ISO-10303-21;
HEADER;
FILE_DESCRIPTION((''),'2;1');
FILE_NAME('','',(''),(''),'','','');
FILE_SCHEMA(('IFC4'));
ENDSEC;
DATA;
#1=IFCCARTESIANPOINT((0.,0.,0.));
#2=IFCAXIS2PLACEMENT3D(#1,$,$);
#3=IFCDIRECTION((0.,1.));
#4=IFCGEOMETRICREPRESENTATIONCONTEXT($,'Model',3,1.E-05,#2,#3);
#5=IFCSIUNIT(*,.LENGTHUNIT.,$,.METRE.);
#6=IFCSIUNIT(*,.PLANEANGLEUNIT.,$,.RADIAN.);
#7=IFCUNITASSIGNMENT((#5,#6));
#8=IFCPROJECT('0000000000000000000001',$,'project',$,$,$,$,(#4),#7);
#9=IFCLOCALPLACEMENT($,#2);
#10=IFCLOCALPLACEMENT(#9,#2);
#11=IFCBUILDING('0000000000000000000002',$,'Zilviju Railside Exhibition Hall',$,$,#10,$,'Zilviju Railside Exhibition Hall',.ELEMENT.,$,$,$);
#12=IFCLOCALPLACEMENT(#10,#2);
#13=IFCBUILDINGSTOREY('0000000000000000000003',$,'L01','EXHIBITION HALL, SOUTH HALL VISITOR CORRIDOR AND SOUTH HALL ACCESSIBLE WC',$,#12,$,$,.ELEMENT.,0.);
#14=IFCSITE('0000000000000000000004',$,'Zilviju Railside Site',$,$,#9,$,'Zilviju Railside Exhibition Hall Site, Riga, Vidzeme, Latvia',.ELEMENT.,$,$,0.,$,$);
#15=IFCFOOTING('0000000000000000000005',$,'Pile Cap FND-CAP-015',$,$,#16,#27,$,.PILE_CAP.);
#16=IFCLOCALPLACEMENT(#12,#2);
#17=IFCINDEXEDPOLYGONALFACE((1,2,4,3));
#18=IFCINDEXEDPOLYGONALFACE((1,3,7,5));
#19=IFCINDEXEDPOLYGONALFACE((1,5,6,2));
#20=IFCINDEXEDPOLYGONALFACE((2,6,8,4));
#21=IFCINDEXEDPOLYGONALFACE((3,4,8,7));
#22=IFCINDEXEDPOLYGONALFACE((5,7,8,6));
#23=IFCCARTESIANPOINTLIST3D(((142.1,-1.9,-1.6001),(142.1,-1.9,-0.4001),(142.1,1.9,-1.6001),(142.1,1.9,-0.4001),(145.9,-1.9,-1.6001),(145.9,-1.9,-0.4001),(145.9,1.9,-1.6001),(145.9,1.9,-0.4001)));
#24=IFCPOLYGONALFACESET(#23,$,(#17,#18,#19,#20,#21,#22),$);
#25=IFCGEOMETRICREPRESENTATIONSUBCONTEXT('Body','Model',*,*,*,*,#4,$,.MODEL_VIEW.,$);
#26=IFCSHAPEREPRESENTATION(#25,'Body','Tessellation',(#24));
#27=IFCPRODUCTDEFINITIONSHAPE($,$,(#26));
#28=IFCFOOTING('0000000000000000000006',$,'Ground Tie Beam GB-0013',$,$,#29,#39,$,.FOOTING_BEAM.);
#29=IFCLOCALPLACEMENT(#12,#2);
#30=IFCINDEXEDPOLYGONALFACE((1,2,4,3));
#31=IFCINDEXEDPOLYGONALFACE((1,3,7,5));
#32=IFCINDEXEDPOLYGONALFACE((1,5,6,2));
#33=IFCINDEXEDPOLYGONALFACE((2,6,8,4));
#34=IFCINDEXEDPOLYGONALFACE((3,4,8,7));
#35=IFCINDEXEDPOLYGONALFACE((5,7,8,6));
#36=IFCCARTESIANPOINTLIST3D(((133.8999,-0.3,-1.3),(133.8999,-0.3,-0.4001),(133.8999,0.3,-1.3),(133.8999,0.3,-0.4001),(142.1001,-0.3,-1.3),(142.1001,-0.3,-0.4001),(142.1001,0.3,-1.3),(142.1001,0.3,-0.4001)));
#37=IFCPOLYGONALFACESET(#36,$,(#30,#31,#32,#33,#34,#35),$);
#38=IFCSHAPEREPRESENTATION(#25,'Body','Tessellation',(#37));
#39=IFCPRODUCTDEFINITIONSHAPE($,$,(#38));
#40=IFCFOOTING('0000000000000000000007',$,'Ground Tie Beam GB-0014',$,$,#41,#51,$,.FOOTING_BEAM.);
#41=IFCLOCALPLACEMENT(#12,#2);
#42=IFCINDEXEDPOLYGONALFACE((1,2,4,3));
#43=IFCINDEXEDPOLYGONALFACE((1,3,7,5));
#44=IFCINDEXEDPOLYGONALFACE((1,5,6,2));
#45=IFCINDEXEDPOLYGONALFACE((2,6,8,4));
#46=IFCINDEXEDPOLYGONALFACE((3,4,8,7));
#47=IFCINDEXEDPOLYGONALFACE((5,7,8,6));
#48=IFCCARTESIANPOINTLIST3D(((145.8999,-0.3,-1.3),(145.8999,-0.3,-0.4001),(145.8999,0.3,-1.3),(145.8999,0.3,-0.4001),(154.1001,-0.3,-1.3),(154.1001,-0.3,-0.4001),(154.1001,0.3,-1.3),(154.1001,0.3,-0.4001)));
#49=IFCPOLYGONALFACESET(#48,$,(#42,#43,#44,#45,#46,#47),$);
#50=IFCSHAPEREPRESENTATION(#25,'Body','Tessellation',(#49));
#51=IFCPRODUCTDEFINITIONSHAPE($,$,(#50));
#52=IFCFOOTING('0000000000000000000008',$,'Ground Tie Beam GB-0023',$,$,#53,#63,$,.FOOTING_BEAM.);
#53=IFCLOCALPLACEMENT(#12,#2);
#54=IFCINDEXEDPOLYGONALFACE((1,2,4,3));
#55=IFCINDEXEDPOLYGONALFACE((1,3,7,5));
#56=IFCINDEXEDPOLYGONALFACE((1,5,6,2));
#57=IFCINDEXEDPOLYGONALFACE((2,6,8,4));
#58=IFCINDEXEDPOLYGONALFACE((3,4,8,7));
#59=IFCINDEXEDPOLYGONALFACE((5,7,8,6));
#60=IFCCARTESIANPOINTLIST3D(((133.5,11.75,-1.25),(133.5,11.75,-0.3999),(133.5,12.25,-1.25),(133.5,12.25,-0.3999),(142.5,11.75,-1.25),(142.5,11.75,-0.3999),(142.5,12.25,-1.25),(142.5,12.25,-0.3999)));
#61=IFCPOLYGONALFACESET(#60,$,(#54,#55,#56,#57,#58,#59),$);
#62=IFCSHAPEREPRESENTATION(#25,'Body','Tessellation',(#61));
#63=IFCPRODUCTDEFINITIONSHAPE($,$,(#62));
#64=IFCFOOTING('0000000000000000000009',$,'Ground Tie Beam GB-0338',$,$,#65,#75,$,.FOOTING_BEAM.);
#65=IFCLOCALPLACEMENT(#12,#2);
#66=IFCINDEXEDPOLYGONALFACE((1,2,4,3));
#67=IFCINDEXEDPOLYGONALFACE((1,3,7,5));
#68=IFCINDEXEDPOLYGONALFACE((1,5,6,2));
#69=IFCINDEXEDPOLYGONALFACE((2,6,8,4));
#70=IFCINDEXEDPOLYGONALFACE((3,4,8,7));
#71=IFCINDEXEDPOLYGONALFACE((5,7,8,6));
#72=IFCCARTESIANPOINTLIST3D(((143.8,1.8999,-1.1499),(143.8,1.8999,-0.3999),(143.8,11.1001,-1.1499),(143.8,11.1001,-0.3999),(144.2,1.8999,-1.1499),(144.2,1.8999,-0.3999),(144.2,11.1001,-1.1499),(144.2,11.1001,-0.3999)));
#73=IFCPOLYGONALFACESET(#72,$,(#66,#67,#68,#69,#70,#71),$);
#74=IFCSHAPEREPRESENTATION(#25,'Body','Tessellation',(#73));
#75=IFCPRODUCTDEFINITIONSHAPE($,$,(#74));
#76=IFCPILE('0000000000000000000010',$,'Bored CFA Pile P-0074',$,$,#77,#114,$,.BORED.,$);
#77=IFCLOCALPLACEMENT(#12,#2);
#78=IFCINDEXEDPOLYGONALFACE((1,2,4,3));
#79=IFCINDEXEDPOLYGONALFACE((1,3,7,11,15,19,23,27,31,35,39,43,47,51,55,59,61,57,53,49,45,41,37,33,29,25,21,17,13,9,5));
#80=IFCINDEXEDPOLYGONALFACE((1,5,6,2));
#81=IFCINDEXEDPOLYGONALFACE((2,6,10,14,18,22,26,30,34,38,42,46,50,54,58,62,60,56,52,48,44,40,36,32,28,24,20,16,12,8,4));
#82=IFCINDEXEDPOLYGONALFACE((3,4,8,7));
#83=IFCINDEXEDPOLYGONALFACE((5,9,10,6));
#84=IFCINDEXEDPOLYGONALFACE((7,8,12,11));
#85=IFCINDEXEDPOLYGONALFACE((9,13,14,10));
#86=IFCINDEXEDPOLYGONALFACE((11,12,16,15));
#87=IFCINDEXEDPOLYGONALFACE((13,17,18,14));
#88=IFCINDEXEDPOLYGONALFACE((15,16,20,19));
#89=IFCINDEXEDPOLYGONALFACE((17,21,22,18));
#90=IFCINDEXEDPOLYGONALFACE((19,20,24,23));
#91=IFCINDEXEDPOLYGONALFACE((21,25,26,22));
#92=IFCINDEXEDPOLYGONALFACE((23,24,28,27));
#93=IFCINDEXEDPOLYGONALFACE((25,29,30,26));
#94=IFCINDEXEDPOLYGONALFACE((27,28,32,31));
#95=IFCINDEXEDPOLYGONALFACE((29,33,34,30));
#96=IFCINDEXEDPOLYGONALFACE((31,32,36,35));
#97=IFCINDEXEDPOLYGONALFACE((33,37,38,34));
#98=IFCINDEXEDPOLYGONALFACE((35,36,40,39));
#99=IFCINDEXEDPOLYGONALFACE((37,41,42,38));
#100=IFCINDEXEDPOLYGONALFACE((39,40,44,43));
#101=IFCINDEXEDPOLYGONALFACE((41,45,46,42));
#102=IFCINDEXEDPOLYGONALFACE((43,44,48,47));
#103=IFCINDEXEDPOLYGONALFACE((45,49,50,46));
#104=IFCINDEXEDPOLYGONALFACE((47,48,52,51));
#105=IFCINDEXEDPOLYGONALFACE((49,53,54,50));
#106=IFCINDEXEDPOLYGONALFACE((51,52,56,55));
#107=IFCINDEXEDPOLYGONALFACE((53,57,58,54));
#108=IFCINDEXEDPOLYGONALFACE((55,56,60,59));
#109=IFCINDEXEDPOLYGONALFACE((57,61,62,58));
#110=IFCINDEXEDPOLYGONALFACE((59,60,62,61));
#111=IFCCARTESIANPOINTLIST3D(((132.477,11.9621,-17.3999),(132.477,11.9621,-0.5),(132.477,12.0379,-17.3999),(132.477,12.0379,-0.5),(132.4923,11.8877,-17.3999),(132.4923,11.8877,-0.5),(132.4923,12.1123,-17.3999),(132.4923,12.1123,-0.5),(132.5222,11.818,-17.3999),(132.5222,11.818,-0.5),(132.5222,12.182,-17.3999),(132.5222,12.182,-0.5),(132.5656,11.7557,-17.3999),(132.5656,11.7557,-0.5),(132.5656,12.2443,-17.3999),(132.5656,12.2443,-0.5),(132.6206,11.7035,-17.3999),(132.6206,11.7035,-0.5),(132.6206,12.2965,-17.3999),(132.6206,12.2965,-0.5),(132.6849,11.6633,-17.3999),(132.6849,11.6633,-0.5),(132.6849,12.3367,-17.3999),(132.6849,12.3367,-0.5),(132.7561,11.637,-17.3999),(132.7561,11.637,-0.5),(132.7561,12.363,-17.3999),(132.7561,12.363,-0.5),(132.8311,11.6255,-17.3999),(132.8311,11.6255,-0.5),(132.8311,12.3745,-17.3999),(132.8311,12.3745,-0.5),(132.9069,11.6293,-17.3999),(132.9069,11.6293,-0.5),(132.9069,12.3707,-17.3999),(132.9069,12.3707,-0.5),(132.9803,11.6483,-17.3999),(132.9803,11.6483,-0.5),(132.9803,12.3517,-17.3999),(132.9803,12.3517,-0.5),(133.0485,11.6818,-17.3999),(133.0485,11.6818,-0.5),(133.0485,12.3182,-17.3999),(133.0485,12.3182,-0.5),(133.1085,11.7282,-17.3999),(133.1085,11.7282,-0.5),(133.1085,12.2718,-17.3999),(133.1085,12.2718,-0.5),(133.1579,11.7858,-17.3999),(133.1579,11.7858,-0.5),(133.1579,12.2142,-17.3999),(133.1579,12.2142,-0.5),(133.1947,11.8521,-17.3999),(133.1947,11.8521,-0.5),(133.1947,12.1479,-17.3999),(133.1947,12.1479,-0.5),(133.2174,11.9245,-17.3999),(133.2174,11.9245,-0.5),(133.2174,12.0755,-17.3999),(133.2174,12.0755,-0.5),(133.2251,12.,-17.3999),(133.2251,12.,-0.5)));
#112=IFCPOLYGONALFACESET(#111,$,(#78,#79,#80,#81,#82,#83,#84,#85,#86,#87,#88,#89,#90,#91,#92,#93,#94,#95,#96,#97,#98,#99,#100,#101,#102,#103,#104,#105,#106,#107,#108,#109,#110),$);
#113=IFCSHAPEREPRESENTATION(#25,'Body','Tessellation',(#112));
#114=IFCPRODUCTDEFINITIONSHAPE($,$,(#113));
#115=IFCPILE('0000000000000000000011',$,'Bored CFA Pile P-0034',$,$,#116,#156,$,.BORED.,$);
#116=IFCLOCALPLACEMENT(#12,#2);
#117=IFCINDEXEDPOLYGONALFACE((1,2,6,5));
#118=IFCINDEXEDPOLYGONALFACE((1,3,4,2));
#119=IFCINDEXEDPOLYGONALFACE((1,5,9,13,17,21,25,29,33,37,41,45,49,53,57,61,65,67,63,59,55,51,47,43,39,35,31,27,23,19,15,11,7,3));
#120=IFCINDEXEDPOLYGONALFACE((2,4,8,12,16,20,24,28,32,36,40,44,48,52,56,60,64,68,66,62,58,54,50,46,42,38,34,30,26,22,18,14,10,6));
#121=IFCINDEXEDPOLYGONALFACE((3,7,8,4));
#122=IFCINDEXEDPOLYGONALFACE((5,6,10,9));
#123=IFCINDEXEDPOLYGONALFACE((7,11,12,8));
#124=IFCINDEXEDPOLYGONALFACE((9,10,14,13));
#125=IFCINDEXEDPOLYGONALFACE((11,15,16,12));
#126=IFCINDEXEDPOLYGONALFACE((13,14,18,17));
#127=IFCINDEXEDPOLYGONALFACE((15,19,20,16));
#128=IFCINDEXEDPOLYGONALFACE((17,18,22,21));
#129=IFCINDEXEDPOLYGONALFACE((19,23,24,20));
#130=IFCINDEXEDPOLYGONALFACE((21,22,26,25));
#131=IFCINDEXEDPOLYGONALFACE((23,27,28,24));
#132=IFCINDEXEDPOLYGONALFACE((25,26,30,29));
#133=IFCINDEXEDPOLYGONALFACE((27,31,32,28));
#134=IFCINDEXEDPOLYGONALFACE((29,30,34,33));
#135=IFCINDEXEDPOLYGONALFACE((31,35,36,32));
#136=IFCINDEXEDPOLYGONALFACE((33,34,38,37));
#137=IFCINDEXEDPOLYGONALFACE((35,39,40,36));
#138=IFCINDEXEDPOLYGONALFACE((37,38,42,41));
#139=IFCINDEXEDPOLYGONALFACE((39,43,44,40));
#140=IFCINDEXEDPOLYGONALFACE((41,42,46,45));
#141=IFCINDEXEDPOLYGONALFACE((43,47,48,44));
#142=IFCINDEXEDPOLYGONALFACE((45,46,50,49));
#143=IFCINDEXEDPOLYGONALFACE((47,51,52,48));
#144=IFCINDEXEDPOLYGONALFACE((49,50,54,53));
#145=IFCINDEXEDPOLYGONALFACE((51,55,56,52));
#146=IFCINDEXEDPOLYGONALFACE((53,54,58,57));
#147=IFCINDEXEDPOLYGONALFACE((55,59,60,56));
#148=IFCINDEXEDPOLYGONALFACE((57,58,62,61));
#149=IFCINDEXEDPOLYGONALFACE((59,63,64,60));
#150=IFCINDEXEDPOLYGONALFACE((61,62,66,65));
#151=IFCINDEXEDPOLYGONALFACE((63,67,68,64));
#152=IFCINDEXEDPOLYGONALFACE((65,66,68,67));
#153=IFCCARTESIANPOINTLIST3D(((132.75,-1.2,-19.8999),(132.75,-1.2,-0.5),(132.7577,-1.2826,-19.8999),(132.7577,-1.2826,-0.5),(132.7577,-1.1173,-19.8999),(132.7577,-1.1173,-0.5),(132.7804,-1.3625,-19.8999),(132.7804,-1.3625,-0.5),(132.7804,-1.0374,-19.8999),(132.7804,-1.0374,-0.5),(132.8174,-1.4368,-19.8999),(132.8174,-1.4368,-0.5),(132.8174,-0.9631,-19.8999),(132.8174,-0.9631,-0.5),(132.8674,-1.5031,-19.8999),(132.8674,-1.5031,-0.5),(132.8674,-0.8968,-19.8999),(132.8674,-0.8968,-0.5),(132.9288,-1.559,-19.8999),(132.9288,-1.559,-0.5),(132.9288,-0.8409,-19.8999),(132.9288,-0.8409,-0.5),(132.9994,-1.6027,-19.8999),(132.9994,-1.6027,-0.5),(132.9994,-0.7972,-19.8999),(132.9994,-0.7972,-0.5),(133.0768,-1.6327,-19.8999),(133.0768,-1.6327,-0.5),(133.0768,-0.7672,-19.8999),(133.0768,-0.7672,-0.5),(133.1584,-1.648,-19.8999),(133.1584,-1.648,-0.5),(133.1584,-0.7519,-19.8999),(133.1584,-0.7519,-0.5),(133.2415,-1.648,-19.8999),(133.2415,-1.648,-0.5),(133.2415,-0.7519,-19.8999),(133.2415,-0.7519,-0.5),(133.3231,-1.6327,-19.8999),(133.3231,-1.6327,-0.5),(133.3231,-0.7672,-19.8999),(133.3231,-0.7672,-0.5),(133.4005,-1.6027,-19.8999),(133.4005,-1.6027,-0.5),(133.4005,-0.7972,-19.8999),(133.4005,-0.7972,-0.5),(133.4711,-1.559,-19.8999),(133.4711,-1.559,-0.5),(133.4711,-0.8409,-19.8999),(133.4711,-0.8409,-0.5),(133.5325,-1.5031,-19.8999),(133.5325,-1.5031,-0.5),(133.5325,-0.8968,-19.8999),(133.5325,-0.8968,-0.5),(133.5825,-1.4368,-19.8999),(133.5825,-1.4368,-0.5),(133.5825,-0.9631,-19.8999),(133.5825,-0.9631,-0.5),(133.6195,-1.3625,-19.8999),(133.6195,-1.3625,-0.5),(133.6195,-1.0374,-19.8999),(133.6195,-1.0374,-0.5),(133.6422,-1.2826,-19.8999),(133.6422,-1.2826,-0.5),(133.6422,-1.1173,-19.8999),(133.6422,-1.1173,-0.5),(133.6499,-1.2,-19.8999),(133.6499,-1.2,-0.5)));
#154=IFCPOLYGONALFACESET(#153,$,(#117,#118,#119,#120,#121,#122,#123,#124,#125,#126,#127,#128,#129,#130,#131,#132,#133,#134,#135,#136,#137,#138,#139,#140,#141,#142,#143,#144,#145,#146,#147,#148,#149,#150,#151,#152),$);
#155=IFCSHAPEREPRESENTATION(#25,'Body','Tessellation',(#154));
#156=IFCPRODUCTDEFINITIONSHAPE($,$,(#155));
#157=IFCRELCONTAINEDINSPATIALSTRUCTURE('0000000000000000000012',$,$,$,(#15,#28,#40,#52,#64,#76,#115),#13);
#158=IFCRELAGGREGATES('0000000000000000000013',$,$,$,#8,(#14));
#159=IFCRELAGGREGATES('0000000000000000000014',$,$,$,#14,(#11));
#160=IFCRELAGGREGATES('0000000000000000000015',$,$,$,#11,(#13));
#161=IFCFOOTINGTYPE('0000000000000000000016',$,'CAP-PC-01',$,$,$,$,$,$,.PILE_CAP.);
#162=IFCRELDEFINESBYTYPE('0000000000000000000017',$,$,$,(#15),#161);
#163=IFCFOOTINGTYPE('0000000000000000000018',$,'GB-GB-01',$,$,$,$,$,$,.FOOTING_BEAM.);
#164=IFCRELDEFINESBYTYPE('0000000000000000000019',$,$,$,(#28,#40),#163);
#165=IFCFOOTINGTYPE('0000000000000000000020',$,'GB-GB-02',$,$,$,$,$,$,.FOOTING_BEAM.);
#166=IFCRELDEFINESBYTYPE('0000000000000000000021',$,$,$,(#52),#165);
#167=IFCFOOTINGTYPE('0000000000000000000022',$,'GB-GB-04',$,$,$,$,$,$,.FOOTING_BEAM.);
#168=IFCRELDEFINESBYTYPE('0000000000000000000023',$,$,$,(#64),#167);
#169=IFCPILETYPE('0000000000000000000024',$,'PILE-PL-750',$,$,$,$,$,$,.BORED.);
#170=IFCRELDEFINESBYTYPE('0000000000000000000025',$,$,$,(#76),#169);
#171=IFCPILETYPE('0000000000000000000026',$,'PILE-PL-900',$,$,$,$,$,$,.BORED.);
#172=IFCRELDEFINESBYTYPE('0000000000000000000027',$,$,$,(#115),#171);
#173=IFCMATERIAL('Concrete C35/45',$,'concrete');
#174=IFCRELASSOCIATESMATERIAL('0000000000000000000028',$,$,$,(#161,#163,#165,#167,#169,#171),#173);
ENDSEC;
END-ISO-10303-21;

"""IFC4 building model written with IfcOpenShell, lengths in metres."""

from ifc_helpers import new_model, si_unit, direction, frame, origin, origin_2d, place, context, subcontext, project, spatial, rectangle, circle, extrude, material, material_profile, profile_set, type_object, element, save


model = new_model("IFC4")

# Units and contexts
model_context = context("Model", 3, precision=1e-05, world=origin(), true_north=direction((0.0, 1.0)))
body_context = subcontext(model_context, "Body", "Model", "MODEL_VIEW")
ifc_project = project(units=[si_unit("LENGTHUNIT", "METRE"), si_unit("PLANEANGLEUNIT", "RADIAN")], contexts=[model_context])

# Site, building, storey
site_placement = place(None, origin())
site = spatial("IfcSite", under=ifc_project, at=site_placement, Name="Zilviju Railside Site", LongName="Zilviju Railside Exhibition Hall Site, Riga, Vidzeme, Latvia", CompositionType="ELEMENT", RefElevation=0.0)
building_placement = place(site_placement, origin())
building = spatial("IfcBuilding", under=site, at=building_placement, Name="Zilviju Railside Exhibition Hall", LongName="Zilviju Railside Exhibition Hall", CompositionType="ELEMENT")
storey_placement = place(building_placement, origin())
storey = spatial("IfcBuildingStorey", under=building, at=storey_placement, Name="L01", Description="EXHIBITION HALL, SOUTH HALL VISITOR CORRIDOR AND SOUTH HALL ACCESSIBLE WC", CompositionType="ELEMENT", Elevation=0.0)

# Footings
ifc_material_1 = material(Name="Concrete C35/45", Category="concrete")
footing_type_1 = type_object("IfcFootingType", Name="CAP-PC-01", PredefinedType="PILE_CAP", material=ifc_material_1)
footing_1_placement = place(storey_placement, frame((144.0, 0.0, -1.6001), z_axis=(0.0, 0.0, 1.0), x_axis=(1.0, 0.0, 0.0)))
element("IfcFooting", 1, at=footing_1_placement, inside=storey, type_object=footing_type_1, Name="Pile Cap FND-CAP-015", PredefinedType="PILE_CAP", context=body_context, shape_type="SweptSolid", body=[
    extrude(rectangle(XDim=3.8, YDim=3.8, at=origin_2d()), origin(), (0.0, 0.0, 1.0), 1.2),
])
ifc_material_profile_1 = material_profile(ifc_material_1, rectangle(XDim=0.6001, YDim=0.8999, at=origin_2d()), Name="TIE BEAM 600x900")
ifc_profile_set_1 = profile_set([ifc_material_profile_1], Name="Concrete C35/45")
footing_type_2 = type_object("IfcFootingType", Name="GB-GB-01", PredefinedType="FOOTING_BEAM", material=ifc_profile_set_1)
for number, where, z_axis, x_axis, name in (
    (2, (133.8999, 0.0, -0.8501), (1.0, 0.0, 0.0), (0.0, 1.0, 0.0), "Ground Tie Beam GB-0013"),
    (3, (145.8999, 0.0, -0.8501), (1.0, 0.0, 0.0), (0.0, 1.0, 0.0), "Ground Tie Beam GB-0014"),
):
    element("IfcFooting", number, at=place(storey_placement, frame(where, z_axis=z_axis, x_axis=x_axis)), inside=storey, type_object=footing_type_2, Name=name, PredefinedType="FOOTING_BEAM", context=body_context, shape_type="SweptSolid", body=[
        extrude(rectangle(XDim=0.6001, YDim=0.8999, at=origin_2d()), origin(), (0.0, 0.0, 1.0), 8.2002),
    ])
ifc_material_profile_2 = material_profile(ifc_material_1, rectangle(XDim=0.5, YDim=0.8501, at=origin_2d()), Name="TIE BEAM 500x850")
ifc_profile_set_2 = profile_set([ifc_material_profile_2], Name="Concrete C35/45")
footing_type_3 = type_object("IfcFootingType", Name="GB-GB-02", PredefinedType="FOOTING_BEAM", material=ifc_profile_set_2)
footing_2_placement = place(storey_placement, frame((133.5, 12.0, -0.825), z_axis=(1.0, 0.0, 0.0), x_axis=(0.0, 1.0, 0.0)))
element("IfcFooting", 4, at=footing_2_placement, inside=storey, type_object=footing_type_3, Name="Ground Tie Beam GB-0023", PredefinedType="FOOTING_BEAM", context=body_context, shape_type="SweptSolid", body=[
    extrude(rectangle(XDim=0.5, YDim=0.8501, at=origin_2d()), origin(), (0.0, 0.0, 1.0), 9.0),
])
ifc_material_profile_3 = material_profile(ifc_material_1, rectangle(XDim=0.3999, YDim=0.75, at=origin_2d()), Name="TIE BEAM 400x750")
ifc_profile_set_3 = profile_set([ifc_material_profile_3], Name="Concrete C35/45")
footing_type_4 = type_object("IfcFootingType", Name="GB-GB-04", PredefinedType="FOOTING_BEAM", material=ifc_profile_set_3)
footing_3_placement = place(storey_placement, frame((144.0, 1.8999, -0.7749), z_axis=(0.0, 1.0, 0.0), x_axis=(-1.0, 0.0, 0.0)))
element("IfcFooting", 5, at=footing_3_placement, inside=storey, type_object=footing_type_4, Name="Ground Tie Beam GB-0338", PredefinedType="FOOTING_BEAM", context=body_context, shape_type="SweptSolid", body=[
    extrude(rectangle(XDim=0.3999, YDim=0.75, at=origin_2d()), origin(), (0.0, 0.0, 1.0), 9.2002),
])

# Piles
ifc_material_profile_4 = material_profile(ifc_material_1, circle(Radius=0.375, at=origin_2d()), Name="CFA PILE D750")
ifc_profile_set_4 = profile_set([ifc_material_profile_4], Name="Concrete C35/45")
pile_type_1 = type_object("IfcPileType", Name="PILE-PL-750", PredefinedType="BORED", material=ifc_profile_set_4)
pile_placement = place(storey_placement, frame((132.8501, 12.0, -0.5), z_axis=(0.0, 0.0, -1.0), x_axis=(1.0, 0.0, 0.0)))
element("IfcPile", 6, at=pile_placement, inside=storey, type_object=pile_type_1, Name="Bored CFA Pile P-0074", PredefinedType="BORED", context=body_context, shape_type="SweptSolid", body=[
    extrude(circle(Radius=0.375, at=origin_2d()), origin(), (0.0, 0.0, 1.0), 16.8999),
])
ifc_material_profile_5 = material_profile(ifc_material_1, circle(Radius=0.45, at=origin_2d()), Name="CFA PILE D900")
ifc_profile_set_5 = profile_set([ifc_material_profile_5], Name="Concrete C35/45")
pile_type_2 = type_object("IfcPileType", Name="PILE-PL-900", PredefinedType="BORED", material=ifc_profile_set_5)
for number, where, z_axis, x_axis, name in (
    (7, (133.2, -1.2, -0.5), (0.0, 0.0, -1.0), (1.0, 0.0, 0.0), "Bored CFA Pile P-0034"),
):
    element("IfcPile", number, at=place(storey_placement, frame(where, z_axis=z_axis, x_axis=x_axis)), inside=storey, type_object=pile_type_2, Name=name, PredefinedType="BORED", context=body_context, shape_type="SweptSolid", body=[
        extrude(circle(Radius=0.45, at=origin_2d()), origin(), (0.0, 0.0, 1.0), 19.3999),
    ])

save(model, "model.ifc")
